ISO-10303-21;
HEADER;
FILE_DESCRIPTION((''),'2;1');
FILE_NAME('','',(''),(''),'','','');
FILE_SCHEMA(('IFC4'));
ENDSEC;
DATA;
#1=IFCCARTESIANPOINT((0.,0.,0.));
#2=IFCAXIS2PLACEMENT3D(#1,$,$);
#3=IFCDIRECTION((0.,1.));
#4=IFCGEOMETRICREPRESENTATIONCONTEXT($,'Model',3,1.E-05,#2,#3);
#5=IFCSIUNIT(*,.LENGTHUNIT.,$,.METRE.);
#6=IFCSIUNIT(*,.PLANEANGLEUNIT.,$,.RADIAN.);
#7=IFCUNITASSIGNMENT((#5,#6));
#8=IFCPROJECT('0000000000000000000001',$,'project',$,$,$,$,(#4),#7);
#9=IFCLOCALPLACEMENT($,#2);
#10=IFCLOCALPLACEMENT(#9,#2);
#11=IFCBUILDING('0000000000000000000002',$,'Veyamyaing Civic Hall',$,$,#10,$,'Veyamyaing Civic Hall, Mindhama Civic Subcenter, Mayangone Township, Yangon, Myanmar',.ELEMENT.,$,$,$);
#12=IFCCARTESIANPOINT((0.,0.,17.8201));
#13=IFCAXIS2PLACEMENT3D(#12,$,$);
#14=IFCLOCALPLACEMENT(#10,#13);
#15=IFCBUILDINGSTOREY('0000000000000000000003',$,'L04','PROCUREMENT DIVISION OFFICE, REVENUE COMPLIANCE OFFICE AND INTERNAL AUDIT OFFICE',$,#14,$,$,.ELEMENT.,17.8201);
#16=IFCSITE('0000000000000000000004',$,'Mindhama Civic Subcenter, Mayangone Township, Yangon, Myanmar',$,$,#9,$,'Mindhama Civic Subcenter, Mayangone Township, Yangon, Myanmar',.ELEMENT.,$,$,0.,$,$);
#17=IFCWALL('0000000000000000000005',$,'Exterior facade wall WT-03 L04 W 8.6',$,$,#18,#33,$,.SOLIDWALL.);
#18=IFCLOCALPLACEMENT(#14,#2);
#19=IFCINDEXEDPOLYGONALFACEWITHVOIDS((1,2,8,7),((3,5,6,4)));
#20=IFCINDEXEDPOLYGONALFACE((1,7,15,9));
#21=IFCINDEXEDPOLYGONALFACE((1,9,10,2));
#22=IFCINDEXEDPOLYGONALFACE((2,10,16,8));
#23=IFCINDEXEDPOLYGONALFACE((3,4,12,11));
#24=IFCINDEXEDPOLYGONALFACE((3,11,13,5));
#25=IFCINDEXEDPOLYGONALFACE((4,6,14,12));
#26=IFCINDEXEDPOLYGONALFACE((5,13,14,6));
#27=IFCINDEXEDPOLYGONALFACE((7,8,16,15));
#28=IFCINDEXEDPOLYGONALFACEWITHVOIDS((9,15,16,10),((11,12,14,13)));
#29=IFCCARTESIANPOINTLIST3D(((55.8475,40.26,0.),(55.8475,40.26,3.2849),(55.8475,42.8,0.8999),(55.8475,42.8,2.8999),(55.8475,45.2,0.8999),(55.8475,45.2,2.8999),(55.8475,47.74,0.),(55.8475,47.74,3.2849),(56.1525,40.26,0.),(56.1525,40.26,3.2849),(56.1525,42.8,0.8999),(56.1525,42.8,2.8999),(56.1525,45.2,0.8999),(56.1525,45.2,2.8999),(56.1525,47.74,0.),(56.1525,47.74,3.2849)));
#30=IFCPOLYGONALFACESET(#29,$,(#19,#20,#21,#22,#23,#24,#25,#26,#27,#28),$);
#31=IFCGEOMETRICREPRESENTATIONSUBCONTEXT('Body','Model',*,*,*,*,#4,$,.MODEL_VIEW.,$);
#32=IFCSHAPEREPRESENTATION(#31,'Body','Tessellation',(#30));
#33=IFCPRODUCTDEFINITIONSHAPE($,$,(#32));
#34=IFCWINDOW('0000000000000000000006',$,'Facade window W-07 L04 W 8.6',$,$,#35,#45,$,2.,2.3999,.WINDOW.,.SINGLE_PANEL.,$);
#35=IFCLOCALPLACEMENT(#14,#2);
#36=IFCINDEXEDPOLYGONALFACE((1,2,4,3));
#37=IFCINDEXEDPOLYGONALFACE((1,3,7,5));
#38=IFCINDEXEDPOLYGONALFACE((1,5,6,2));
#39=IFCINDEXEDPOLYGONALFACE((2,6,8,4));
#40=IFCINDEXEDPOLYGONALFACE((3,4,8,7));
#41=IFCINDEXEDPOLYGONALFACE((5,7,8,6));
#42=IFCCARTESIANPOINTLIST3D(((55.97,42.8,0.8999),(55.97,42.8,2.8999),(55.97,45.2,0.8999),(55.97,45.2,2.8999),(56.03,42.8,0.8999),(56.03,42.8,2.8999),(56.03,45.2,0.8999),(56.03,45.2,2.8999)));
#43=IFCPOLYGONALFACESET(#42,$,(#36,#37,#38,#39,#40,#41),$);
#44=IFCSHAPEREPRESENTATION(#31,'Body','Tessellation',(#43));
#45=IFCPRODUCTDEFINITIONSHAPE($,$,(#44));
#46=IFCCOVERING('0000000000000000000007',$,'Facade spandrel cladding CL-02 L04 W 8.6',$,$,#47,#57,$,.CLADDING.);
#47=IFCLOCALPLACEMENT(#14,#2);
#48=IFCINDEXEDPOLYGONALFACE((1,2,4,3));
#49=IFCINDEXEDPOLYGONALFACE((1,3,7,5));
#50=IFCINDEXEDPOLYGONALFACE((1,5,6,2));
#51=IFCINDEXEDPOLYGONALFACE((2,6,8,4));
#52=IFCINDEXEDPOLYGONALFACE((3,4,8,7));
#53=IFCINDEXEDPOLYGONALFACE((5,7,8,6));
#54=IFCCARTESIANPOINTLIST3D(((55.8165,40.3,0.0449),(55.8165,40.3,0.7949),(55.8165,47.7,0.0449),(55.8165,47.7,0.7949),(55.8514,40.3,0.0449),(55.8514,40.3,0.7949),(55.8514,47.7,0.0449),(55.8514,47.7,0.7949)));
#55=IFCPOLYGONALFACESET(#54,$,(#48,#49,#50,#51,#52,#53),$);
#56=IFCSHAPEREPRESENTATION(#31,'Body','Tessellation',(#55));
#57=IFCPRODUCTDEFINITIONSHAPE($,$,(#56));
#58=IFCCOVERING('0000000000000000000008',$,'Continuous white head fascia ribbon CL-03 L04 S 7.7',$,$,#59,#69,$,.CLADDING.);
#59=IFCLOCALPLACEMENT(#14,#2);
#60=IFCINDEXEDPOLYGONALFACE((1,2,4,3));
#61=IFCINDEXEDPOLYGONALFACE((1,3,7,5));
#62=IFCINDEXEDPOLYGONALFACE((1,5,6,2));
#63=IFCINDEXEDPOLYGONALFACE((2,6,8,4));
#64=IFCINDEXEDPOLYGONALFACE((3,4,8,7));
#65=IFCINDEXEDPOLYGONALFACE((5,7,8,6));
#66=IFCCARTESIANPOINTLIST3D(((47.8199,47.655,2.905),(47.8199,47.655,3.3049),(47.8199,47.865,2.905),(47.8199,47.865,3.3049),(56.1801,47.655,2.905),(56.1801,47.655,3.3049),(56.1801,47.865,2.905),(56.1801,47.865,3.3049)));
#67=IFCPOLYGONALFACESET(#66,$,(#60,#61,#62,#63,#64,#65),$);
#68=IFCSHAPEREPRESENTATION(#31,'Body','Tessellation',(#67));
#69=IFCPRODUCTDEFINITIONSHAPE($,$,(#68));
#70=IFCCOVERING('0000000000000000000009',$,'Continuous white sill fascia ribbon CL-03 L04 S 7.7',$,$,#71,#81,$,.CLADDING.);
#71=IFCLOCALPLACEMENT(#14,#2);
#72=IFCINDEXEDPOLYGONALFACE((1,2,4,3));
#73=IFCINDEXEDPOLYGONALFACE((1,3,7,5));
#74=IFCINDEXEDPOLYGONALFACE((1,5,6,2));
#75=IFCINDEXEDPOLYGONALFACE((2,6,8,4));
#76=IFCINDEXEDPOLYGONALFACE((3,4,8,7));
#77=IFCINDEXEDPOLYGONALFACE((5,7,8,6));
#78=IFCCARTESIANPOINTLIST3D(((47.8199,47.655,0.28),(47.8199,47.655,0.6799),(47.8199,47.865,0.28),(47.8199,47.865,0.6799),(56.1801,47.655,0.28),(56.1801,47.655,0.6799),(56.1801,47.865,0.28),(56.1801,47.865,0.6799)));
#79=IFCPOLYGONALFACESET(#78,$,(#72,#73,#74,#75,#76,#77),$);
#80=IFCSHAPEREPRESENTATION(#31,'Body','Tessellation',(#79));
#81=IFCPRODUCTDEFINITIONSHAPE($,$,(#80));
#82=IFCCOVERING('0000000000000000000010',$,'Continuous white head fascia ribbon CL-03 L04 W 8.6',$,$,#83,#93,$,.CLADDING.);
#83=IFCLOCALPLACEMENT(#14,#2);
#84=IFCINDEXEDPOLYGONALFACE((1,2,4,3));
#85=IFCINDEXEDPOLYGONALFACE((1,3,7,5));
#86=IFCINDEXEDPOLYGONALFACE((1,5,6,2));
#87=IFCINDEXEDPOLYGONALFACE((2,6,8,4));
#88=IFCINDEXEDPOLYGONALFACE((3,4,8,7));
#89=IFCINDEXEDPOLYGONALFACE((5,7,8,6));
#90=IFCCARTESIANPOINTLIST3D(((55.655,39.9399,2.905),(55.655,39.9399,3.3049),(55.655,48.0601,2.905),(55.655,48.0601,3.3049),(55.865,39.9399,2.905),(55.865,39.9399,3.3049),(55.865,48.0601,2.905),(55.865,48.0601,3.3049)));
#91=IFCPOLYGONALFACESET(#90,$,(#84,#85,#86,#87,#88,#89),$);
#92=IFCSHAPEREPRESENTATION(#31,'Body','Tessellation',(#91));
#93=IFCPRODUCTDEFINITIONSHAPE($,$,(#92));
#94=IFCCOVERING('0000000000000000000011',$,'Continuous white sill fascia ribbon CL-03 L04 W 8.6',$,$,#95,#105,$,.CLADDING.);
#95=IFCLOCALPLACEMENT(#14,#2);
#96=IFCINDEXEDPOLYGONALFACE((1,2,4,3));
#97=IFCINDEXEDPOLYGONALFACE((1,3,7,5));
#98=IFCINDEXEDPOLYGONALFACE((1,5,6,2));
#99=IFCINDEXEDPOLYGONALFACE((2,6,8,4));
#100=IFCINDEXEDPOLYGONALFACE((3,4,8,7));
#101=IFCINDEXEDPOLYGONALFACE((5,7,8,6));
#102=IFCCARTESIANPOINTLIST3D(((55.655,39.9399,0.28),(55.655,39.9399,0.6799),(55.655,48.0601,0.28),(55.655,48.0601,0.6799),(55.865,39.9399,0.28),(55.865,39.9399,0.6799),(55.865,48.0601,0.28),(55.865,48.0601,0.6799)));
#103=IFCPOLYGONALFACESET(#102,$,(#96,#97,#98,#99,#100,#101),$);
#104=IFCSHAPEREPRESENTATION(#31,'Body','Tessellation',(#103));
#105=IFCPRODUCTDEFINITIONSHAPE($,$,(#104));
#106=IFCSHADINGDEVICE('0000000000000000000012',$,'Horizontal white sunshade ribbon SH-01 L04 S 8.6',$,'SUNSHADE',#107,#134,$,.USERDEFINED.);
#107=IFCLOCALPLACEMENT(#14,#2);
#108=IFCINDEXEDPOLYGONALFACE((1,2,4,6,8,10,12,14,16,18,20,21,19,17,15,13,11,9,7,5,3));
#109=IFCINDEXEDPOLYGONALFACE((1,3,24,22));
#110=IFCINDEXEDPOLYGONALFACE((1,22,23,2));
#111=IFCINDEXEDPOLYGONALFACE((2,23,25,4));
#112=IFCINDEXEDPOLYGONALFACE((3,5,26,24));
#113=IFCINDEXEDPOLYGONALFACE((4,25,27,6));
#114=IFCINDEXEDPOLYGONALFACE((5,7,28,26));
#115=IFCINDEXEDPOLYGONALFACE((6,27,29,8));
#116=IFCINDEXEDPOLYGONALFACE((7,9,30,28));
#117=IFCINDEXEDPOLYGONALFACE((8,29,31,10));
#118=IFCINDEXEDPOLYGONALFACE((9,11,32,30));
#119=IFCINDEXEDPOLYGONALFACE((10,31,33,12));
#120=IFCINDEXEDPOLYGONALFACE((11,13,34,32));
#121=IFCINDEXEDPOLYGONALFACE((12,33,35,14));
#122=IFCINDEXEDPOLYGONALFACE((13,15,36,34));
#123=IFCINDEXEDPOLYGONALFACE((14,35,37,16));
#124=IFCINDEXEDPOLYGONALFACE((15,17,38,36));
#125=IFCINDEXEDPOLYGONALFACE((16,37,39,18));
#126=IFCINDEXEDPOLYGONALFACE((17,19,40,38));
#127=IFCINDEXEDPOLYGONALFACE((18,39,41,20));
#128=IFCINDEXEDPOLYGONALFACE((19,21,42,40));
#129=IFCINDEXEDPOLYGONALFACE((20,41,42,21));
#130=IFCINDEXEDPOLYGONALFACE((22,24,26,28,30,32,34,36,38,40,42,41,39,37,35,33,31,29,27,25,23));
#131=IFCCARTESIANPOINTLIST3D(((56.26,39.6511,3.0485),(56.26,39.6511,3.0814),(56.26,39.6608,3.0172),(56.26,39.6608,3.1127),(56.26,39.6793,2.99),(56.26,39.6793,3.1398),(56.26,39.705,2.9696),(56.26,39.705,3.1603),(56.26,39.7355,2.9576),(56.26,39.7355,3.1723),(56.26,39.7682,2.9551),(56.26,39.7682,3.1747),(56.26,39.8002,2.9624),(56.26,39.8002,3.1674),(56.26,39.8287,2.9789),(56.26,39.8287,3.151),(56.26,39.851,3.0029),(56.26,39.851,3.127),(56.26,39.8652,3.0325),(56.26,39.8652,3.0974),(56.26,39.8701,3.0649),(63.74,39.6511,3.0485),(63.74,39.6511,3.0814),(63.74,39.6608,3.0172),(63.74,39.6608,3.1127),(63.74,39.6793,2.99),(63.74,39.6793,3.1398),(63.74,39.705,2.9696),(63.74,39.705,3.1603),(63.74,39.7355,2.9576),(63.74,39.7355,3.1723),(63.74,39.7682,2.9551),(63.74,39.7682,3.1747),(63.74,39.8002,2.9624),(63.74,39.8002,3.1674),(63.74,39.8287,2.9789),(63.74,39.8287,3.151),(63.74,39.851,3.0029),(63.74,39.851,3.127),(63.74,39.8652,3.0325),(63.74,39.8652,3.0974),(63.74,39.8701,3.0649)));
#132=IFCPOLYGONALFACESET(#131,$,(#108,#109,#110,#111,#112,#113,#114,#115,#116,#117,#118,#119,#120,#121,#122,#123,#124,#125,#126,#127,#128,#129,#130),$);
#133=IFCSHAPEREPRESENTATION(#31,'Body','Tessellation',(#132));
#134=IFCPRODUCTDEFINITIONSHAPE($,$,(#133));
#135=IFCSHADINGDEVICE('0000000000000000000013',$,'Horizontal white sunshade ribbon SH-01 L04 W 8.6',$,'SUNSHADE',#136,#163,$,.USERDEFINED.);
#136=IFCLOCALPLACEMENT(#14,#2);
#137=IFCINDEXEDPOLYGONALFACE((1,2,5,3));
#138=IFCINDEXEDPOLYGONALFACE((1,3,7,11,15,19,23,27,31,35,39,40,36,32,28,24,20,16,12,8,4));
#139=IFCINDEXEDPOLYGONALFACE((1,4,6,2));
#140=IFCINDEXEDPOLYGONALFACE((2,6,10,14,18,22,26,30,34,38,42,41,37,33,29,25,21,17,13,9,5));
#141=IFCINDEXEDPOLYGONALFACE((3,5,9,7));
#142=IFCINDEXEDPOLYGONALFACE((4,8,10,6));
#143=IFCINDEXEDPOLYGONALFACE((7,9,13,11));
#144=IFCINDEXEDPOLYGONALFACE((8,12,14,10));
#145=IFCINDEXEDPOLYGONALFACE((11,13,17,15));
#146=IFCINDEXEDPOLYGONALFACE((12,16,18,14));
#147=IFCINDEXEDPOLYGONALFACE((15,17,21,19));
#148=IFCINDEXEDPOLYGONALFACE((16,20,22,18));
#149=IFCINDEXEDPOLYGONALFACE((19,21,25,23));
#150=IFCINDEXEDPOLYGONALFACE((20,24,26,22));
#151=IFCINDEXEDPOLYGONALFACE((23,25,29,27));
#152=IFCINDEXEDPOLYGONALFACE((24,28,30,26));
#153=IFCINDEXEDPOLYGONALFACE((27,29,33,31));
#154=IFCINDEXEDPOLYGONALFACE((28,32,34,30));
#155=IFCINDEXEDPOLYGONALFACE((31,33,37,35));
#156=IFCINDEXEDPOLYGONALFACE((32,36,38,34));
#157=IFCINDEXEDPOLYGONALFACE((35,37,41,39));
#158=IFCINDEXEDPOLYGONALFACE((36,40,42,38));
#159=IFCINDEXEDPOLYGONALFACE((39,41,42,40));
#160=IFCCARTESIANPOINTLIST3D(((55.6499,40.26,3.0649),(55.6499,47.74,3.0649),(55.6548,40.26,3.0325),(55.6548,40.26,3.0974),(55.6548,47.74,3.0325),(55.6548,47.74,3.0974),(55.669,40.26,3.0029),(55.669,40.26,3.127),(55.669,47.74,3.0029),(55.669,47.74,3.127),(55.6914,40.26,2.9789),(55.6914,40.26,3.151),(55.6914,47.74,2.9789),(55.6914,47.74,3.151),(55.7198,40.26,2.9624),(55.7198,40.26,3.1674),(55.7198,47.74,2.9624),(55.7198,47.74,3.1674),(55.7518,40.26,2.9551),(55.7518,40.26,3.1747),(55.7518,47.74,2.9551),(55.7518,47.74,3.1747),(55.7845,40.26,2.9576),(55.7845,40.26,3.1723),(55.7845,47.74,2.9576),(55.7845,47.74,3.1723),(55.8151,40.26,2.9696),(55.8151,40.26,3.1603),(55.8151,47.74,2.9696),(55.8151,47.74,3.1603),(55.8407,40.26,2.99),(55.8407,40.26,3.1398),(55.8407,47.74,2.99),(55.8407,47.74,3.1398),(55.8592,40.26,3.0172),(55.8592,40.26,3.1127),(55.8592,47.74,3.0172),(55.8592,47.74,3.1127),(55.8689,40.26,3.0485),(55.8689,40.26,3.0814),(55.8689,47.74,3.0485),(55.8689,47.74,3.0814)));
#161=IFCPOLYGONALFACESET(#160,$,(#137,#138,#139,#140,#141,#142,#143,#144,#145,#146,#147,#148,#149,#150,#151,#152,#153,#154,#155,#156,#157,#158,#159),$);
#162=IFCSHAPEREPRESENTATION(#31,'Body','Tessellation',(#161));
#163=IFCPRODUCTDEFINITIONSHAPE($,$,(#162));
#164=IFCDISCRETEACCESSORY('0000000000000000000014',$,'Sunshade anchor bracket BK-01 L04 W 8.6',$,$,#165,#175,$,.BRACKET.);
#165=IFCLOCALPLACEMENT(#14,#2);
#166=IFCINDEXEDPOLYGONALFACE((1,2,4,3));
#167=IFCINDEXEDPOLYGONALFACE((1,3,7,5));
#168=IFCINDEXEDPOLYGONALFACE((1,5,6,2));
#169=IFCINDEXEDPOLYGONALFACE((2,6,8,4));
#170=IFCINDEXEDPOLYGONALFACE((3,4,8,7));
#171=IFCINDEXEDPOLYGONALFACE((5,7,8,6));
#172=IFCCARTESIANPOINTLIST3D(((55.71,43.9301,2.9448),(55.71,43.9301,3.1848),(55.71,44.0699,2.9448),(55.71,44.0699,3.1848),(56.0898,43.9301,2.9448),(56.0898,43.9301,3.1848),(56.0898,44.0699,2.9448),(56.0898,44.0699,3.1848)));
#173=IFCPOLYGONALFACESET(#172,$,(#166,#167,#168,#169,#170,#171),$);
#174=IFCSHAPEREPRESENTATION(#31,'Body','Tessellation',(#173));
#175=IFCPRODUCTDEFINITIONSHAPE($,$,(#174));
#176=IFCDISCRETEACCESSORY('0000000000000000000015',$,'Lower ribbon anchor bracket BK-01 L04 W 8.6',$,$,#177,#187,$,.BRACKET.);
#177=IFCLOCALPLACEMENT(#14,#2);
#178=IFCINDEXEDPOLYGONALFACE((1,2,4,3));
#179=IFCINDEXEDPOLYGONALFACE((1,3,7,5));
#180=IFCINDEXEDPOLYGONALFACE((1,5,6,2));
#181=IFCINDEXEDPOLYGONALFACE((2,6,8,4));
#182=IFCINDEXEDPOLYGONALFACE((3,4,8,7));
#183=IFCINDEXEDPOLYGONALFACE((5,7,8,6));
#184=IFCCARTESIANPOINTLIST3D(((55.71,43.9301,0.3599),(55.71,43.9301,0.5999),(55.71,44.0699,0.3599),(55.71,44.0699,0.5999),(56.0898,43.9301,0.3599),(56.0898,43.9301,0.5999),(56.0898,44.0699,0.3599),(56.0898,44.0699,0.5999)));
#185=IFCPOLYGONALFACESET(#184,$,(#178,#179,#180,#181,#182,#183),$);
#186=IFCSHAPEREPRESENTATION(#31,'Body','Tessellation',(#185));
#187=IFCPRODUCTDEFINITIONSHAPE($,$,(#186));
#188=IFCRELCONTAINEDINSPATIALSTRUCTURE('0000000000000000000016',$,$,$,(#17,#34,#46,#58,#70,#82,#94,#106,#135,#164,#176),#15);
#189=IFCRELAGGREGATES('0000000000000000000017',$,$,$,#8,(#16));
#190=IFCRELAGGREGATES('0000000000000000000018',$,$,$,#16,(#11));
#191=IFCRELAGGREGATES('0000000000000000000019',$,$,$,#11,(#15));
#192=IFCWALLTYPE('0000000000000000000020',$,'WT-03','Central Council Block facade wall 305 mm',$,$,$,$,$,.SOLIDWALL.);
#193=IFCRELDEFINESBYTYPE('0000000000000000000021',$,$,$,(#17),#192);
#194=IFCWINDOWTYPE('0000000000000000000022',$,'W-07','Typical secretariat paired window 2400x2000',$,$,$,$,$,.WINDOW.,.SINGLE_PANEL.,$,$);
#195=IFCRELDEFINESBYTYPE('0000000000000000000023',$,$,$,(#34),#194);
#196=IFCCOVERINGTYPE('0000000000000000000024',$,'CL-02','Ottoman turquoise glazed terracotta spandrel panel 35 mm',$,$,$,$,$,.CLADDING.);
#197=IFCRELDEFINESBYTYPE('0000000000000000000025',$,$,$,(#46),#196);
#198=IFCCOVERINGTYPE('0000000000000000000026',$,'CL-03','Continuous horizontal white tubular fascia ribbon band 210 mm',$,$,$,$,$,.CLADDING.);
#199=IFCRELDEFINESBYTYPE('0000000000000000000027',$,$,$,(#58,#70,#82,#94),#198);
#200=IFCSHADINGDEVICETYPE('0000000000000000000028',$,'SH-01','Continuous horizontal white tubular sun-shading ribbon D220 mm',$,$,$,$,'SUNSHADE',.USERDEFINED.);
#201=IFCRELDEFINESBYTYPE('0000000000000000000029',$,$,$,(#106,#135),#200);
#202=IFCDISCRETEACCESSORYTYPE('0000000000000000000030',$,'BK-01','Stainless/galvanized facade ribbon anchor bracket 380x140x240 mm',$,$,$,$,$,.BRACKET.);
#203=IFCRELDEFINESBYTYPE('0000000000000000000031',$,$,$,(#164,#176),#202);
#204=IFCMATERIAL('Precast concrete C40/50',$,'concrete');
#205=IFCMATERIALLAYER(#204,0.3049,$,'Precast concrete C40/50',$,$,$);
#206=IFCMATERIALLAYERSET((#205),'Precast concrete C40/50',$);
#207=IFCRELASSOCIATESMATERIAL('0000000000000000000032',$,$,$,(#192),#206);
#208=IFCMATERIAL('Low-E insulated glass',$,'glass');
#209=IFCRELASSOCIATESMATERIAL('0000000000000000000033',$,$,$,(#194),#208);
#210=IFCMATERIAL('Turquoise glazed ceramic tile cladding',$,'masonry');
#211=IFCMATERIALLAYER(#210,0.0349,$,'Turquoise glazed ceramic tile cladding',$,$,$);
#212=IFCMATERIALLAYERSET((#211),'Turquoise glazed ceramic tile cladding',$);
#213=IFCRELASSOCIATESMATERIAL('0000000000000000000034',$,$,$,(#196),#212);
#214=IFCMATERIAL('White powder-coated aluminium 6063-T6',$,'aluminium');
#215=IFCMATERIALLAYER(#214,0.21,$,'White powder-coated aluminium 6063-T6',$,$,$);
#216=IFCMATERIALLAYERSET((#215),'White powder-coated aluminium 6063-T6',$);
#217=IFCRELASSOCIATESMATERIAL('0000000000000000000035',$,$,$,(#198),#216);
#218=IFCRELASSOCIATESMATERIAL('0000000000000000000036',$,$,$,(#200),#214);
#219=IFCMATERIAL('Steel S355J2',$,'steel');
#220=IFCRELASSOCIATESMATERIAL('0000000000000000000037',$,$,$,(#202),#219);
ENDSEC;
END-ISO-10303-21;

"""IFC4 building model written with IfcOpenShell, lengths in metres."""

from ifc_helpers import new_model, si_unit, direction, frame, frame_2d, origin, origin_2d, place, context, subcontext, project, spatial, rectangle, circle, extrude, material, layer, layer_set, material_profile, profile_set, type_object, element, fill, save


model = new_model("IFC4")

# Units and contexts
model_context = context("Model", 3, precision=1e-05, world=origin(), true_north=direction((0.0, 1.0)))
body_context = subcontext(model_context, "Body", "Model", "MODEL_VIEW")
ifc_project = project(units=[si_unit("LENGTHUNIT", "METRE"), si_unit("PLANEANGLEUNIT", "RADIAN")], contexts=[model_context])

# Site, building, storey
site_placement = place(None, origin())
site = spatial("IfcSite", under=ifc_project, at=site_placement, Name="Mindhama Civic Subcenter, Mayangone Township, Yangon, Myanmar", LongName="Mindhama Civic Subcenter, Mayangone Township, Yangon, Myanmar", CompositionType="ELEMENT", RefElevation=0.0)
building_placement = place(site_placement, origin())
building = spatial("IfcBuilding", under=site, at=building_placement, Name="Veyamyaing Civic Hall", LongName="Veyamyaing Civic Hall, Mindhama Civic Subcenter, Mayangone Township, Yangon, Myanmar", CompositionType="ELEMENT")
storey_placement = place(building_placement, frame((0.0, 0.0, 17.8201)))
storey = spatial("IfcBuildingStorey", under=building, at=storey_placement, Name="L04", Description="PROCUREMENT DIVISION OFFICE, REVENUE COMPLIANCE OFFICE AND INTERNAL AUDIT OFFICE", CompositionType="ELEMENT", Elevation=17.8201)

# Shared definitions
ifc_material_1 = material(Name="Low-E insulated glass", Category="glass")

# Wall, opening, window
ifc_material_2 = material(Name="Precast concrete C40/50", Category="concrete")
ifc_layer_1 = layer(ifc_material_2, 0.3049, Name="Precast concrete C40/50")
ifc_layer_set_1 = layer_set([ifc_layer_1], Name="Precast concrete C40/50")
wall_type = type_object("IfcWallType", Name="WT-03", Description="Central Council Block facade wall 305 mm", PredefinedType="SOLIDWALL", material=ifc_layer_set_1)
wall_placement = place(storey_placement, frame((56.0, 40.26, 0.0), z_axis=(0.0, 0.0, 1.0), x_axis=(0.0, 1.0, 0.0)))
wall = element("IfcWall", 1, at=wall_placement, inside=storey, type_object=wall_type, Name="Exterior facade wall WT-03 L04 W 8.6", PredefinedType="SOLIDWALL", context=body_context, shape_type="SweptSolid", body=[
    extrude(rectangle(XDim=7.48, YDim=0.3049, at=frame_2d((3.74, 0.0))), origin(), (0.0, 0.0, 1.0), 3.2849),
])
opening_placement = place(wall_placement, frame((2.54, 0.0, 0.8999)))
opening = element("IfcOpeningElement", 2, at=opening_placement, cuts=wall, PredefinedType="OPENING", context=body_context, shape_type="SweptSolid", body=[
    extrude(rectangle(XDim=2.3999, YDim=2.0, at=frame_2d((1.2, 1.0))), frame((0.0, 0.1624, 0.0), z_axis=(0.0, -1.0, 0.0), x_axis=(1.0, 0.0, 0.0)), (0.0, 0.0, 1.0), 0.325),
])
window_type = type_object("IfcWindowType", Name="W-07", Description="Typical secretariat paired window 2400x2000", PartitioningType="SINGLE_PANEL", PredefinedType="WINDOW", material=ifc_material_1)
window_placement = place(opening_placement, origin())
window = element("IfcWindow", 3, at=window_placement, inside=storey, type_object=window_type, Name="Facade window W-07 L04 W 8.6", OverallHeight=2.0, OverallWidth=2.3999, PartitioningType="SINGLE_PANEL", PredefinedType="WINDOW", context=body_context, shape_type="SweptSolid", body=[
    extrude(rectangle(XDim=2.3999, YDim=2.0, at=frame_2d((1.2, 1.0))), frame((0.0, 0.03, 0.0), z_axis=(0.0, -1.0, 0.0), x_axis=(1.0, 0.0, 0.0)), (0.0, 0.0, 1.0), 0.0601),
])
fill(opening, window)

# Coverings
ifc_material_3 = material(Name="Turquoise glazed ceramic tile cladding", Category="masonry")
ifc_layer_2 = layer(ifc_material_3, 0.0349, Name="Turquoise glazed ceramic tile cladding")
ifc_layer_set_2 = layer_set([ifc_layer_2], Name="Turquoise glazed ceramic tile cladding")
covering_type_1 = type_object("IfcCoveringType", Name="CL-02", Description="Ottoman turquoise glazed terracotta spandrel panel 35 mm", PredefinedType="CLADDING", material=ifc_layer_set_2)
covering_placement = place(storey_placement, frame((55.834, 44.0, 0.0449), z_axis=(0.0, 0.0, 1.0), x_axis=(0.0, 1.0, 0.0)))
element("IfcCovering", 4, at=covering_placement, inside=storey, type_object=covering_type_1, Name="Facade spandrel cladding CL-02 L04 W 8.6", PredefinedType="CLADDING", context=body_context, shape_type="SweptSolid", body=[
    extrude(rectangle(XDim=7.3999, YDim=0.0349, at=origin_2d()), origin(), (0.0, 0.0, 1.0), 0.75),
])
ifc_material_4 = material(Name="White powder-coated aluminium 6063-T6", Category="aluminium")
ifc_layer_3 = layer(ifc_material_4, 0.21, Name="White powder-coated aluminium 6063-T6")
ifc_layer_set_3 = layer_set([ifc_layer_3], Name="White powder-coated aluminium 6063-T6")
covering_type_2 = type_object("IfcCoveringType", Name="CL-03", Description="Continuous horizontal white tubular fascia ribbon band 210 mm", PredefinedType="CLADDING", material=ifc_layer_set_3)
for number, where, z_axis, x_axis, name in (
    (5, (52.0, 47.76, 2.905), (0.0, 0.0, 1.0), (1.0, 0.0, 0.0), "Continuous white head fascia ribbon CL-03 L04 S 7.7"),
    (6, (52.0, 47.76, 0.28), (0.0, 0.0, 1.0), (1.0, 0.0, 0.0), "Continuous white sill fascia ribbon CL-03 L04 S 7.7"),
):
    element("IfcCovering", number, at=place(storey_placement, frame(where, z_axis=z_axis, x_axis=x_axis)), inside=storey, type_object=covering_type_2, Name=name, PredefinedType="CLADDING", context=body_context, shape_type="SweptSolid", body=[
        extrude(rectangle(XDim=8.3601, YDim=0.21, at=origin_2d()), origin(), (0.0, 0.0, 1.0), 0.3999),
    ])
for number, where, z_axis, x_axis, name in (
    (7, (55.76, 44.0, 2.905), (0.0, 0.0, 1.0), (0.0, 1.0, 0.0), "Continuous white head fascia ribbon CL-03 L04 W 8.6"),
    (8, (55.76, 44.0, 0.28), (0.0, 0.0, 1.0), (0.0, 1.0, 0.0), "Continuous white sill fascia ribbon CL-03 L04 W 8.6"),
):
    element("IfcCovering", number, at=place(storey_placement, frame(where, z_axis=z_axis, x_axis=x_axis)), inside=storey, type_object=covering_type_2, Name=name, PredefinedType="CLADDING", context=body_context, shape_type="SweptSolid", body=[
        extrude(rectangle(XDim=8.1201, YDim=0.21, at=origin_2d()), origin(), (0.0, 0.0, 1.0), 0.3999),
    ])

# Shading devices
ifc_material_profile_1 = material_profile(ifc_material_4, circle(Radius=0.1101, at=origin_2d()), Name="SHADE-TUBE-220")
ifc_profile_set_1 = profile_set([ifc_material_profile_1], Name="White powder-coated aluminium 6063-T6")
shading_device_type = type_object("IfcShadingDeviceType", Name="SH-01", Description="Continuous horizontal white tubular sun-shading ribbon D220 mm", ElementType="SUNSHADE", PredefinedType="USERDEFINED", material=ifc_profile_set_1)
for number, where, z_axis, x_axis, name in (
    (9, (56.26, 39.76, 3.0649), (1.0, 0.0, 0.0), (0.0, 1.0, 0.0), "Horizontal white sunshade ribbon SH-01 L04 S 8.6"),
    (10, (55.76, 40.26, 3.0649), (0.0, 1.0, 0.0), (-1.0, 0.0, 0.0), "Horizontal white sunshade ribbon SH-01 L04 W 8.6"),
):
    element("IfcShadingDevice", number, at=place(storey_placement, frame(where, z_axis=z_axis, x_axis=x_axis)), inside=storey, type_object=shading_device_type, Name=name, ObjectType="SUNSHADE", PredefinedType="USERDEFINED", context=body_context, shape_type="SweptSolid", body=[
        extrude(circle(Radius=0.1101, at=origin_2d()), origin(), (0.0, 0.0, 1.0), 7.48),
    ])

# Discrete accessories
ifc_material_5 = material(Name="Steel S355J2", Category="steel")
discrete_accessory_type = type_object("IfcDiscreteAccessoryType", Name="BK-01", Description="Stainless/galvanized facade ribbon anchor bracket 380x140x240 mm", PredefinedType="BRACKET", material=ifc_material_5)
for number, where, z_axis, x_axis, name in (
    (11, (55.8999, 44.0, 2.9448), (0.0, 0.0, 1.0), (-1.0, 0.0, 0.0), "Sunshade anchor bracket BK-01 L04 W 8.6"),
    (12, (55.8999, 44.0, 0.3599), (0.0, 0.0, 1.0), (-1.0, 0.0, 0.0), "Lower ribbon anchor bracket BK-01 L04 W 8.6"),
):
    element("IfcDiscreteAccessory", number, at=place(storey_placement, frame(where, z_axis=z_axis, x_axis=x_axis)), inside=storey, type_object=discrete_accessory_type, Name=name, PredefinedType="BRACKET", context=body_context, shape_type="SweptSolid", body=[
        extrude(rectangle(XDim=0.3799, YDim=0.1399, at=origin_2d()), origin(), (0.0, 0.0, 1.0), 0.24),
    ])

save(model, "model.ifc")
